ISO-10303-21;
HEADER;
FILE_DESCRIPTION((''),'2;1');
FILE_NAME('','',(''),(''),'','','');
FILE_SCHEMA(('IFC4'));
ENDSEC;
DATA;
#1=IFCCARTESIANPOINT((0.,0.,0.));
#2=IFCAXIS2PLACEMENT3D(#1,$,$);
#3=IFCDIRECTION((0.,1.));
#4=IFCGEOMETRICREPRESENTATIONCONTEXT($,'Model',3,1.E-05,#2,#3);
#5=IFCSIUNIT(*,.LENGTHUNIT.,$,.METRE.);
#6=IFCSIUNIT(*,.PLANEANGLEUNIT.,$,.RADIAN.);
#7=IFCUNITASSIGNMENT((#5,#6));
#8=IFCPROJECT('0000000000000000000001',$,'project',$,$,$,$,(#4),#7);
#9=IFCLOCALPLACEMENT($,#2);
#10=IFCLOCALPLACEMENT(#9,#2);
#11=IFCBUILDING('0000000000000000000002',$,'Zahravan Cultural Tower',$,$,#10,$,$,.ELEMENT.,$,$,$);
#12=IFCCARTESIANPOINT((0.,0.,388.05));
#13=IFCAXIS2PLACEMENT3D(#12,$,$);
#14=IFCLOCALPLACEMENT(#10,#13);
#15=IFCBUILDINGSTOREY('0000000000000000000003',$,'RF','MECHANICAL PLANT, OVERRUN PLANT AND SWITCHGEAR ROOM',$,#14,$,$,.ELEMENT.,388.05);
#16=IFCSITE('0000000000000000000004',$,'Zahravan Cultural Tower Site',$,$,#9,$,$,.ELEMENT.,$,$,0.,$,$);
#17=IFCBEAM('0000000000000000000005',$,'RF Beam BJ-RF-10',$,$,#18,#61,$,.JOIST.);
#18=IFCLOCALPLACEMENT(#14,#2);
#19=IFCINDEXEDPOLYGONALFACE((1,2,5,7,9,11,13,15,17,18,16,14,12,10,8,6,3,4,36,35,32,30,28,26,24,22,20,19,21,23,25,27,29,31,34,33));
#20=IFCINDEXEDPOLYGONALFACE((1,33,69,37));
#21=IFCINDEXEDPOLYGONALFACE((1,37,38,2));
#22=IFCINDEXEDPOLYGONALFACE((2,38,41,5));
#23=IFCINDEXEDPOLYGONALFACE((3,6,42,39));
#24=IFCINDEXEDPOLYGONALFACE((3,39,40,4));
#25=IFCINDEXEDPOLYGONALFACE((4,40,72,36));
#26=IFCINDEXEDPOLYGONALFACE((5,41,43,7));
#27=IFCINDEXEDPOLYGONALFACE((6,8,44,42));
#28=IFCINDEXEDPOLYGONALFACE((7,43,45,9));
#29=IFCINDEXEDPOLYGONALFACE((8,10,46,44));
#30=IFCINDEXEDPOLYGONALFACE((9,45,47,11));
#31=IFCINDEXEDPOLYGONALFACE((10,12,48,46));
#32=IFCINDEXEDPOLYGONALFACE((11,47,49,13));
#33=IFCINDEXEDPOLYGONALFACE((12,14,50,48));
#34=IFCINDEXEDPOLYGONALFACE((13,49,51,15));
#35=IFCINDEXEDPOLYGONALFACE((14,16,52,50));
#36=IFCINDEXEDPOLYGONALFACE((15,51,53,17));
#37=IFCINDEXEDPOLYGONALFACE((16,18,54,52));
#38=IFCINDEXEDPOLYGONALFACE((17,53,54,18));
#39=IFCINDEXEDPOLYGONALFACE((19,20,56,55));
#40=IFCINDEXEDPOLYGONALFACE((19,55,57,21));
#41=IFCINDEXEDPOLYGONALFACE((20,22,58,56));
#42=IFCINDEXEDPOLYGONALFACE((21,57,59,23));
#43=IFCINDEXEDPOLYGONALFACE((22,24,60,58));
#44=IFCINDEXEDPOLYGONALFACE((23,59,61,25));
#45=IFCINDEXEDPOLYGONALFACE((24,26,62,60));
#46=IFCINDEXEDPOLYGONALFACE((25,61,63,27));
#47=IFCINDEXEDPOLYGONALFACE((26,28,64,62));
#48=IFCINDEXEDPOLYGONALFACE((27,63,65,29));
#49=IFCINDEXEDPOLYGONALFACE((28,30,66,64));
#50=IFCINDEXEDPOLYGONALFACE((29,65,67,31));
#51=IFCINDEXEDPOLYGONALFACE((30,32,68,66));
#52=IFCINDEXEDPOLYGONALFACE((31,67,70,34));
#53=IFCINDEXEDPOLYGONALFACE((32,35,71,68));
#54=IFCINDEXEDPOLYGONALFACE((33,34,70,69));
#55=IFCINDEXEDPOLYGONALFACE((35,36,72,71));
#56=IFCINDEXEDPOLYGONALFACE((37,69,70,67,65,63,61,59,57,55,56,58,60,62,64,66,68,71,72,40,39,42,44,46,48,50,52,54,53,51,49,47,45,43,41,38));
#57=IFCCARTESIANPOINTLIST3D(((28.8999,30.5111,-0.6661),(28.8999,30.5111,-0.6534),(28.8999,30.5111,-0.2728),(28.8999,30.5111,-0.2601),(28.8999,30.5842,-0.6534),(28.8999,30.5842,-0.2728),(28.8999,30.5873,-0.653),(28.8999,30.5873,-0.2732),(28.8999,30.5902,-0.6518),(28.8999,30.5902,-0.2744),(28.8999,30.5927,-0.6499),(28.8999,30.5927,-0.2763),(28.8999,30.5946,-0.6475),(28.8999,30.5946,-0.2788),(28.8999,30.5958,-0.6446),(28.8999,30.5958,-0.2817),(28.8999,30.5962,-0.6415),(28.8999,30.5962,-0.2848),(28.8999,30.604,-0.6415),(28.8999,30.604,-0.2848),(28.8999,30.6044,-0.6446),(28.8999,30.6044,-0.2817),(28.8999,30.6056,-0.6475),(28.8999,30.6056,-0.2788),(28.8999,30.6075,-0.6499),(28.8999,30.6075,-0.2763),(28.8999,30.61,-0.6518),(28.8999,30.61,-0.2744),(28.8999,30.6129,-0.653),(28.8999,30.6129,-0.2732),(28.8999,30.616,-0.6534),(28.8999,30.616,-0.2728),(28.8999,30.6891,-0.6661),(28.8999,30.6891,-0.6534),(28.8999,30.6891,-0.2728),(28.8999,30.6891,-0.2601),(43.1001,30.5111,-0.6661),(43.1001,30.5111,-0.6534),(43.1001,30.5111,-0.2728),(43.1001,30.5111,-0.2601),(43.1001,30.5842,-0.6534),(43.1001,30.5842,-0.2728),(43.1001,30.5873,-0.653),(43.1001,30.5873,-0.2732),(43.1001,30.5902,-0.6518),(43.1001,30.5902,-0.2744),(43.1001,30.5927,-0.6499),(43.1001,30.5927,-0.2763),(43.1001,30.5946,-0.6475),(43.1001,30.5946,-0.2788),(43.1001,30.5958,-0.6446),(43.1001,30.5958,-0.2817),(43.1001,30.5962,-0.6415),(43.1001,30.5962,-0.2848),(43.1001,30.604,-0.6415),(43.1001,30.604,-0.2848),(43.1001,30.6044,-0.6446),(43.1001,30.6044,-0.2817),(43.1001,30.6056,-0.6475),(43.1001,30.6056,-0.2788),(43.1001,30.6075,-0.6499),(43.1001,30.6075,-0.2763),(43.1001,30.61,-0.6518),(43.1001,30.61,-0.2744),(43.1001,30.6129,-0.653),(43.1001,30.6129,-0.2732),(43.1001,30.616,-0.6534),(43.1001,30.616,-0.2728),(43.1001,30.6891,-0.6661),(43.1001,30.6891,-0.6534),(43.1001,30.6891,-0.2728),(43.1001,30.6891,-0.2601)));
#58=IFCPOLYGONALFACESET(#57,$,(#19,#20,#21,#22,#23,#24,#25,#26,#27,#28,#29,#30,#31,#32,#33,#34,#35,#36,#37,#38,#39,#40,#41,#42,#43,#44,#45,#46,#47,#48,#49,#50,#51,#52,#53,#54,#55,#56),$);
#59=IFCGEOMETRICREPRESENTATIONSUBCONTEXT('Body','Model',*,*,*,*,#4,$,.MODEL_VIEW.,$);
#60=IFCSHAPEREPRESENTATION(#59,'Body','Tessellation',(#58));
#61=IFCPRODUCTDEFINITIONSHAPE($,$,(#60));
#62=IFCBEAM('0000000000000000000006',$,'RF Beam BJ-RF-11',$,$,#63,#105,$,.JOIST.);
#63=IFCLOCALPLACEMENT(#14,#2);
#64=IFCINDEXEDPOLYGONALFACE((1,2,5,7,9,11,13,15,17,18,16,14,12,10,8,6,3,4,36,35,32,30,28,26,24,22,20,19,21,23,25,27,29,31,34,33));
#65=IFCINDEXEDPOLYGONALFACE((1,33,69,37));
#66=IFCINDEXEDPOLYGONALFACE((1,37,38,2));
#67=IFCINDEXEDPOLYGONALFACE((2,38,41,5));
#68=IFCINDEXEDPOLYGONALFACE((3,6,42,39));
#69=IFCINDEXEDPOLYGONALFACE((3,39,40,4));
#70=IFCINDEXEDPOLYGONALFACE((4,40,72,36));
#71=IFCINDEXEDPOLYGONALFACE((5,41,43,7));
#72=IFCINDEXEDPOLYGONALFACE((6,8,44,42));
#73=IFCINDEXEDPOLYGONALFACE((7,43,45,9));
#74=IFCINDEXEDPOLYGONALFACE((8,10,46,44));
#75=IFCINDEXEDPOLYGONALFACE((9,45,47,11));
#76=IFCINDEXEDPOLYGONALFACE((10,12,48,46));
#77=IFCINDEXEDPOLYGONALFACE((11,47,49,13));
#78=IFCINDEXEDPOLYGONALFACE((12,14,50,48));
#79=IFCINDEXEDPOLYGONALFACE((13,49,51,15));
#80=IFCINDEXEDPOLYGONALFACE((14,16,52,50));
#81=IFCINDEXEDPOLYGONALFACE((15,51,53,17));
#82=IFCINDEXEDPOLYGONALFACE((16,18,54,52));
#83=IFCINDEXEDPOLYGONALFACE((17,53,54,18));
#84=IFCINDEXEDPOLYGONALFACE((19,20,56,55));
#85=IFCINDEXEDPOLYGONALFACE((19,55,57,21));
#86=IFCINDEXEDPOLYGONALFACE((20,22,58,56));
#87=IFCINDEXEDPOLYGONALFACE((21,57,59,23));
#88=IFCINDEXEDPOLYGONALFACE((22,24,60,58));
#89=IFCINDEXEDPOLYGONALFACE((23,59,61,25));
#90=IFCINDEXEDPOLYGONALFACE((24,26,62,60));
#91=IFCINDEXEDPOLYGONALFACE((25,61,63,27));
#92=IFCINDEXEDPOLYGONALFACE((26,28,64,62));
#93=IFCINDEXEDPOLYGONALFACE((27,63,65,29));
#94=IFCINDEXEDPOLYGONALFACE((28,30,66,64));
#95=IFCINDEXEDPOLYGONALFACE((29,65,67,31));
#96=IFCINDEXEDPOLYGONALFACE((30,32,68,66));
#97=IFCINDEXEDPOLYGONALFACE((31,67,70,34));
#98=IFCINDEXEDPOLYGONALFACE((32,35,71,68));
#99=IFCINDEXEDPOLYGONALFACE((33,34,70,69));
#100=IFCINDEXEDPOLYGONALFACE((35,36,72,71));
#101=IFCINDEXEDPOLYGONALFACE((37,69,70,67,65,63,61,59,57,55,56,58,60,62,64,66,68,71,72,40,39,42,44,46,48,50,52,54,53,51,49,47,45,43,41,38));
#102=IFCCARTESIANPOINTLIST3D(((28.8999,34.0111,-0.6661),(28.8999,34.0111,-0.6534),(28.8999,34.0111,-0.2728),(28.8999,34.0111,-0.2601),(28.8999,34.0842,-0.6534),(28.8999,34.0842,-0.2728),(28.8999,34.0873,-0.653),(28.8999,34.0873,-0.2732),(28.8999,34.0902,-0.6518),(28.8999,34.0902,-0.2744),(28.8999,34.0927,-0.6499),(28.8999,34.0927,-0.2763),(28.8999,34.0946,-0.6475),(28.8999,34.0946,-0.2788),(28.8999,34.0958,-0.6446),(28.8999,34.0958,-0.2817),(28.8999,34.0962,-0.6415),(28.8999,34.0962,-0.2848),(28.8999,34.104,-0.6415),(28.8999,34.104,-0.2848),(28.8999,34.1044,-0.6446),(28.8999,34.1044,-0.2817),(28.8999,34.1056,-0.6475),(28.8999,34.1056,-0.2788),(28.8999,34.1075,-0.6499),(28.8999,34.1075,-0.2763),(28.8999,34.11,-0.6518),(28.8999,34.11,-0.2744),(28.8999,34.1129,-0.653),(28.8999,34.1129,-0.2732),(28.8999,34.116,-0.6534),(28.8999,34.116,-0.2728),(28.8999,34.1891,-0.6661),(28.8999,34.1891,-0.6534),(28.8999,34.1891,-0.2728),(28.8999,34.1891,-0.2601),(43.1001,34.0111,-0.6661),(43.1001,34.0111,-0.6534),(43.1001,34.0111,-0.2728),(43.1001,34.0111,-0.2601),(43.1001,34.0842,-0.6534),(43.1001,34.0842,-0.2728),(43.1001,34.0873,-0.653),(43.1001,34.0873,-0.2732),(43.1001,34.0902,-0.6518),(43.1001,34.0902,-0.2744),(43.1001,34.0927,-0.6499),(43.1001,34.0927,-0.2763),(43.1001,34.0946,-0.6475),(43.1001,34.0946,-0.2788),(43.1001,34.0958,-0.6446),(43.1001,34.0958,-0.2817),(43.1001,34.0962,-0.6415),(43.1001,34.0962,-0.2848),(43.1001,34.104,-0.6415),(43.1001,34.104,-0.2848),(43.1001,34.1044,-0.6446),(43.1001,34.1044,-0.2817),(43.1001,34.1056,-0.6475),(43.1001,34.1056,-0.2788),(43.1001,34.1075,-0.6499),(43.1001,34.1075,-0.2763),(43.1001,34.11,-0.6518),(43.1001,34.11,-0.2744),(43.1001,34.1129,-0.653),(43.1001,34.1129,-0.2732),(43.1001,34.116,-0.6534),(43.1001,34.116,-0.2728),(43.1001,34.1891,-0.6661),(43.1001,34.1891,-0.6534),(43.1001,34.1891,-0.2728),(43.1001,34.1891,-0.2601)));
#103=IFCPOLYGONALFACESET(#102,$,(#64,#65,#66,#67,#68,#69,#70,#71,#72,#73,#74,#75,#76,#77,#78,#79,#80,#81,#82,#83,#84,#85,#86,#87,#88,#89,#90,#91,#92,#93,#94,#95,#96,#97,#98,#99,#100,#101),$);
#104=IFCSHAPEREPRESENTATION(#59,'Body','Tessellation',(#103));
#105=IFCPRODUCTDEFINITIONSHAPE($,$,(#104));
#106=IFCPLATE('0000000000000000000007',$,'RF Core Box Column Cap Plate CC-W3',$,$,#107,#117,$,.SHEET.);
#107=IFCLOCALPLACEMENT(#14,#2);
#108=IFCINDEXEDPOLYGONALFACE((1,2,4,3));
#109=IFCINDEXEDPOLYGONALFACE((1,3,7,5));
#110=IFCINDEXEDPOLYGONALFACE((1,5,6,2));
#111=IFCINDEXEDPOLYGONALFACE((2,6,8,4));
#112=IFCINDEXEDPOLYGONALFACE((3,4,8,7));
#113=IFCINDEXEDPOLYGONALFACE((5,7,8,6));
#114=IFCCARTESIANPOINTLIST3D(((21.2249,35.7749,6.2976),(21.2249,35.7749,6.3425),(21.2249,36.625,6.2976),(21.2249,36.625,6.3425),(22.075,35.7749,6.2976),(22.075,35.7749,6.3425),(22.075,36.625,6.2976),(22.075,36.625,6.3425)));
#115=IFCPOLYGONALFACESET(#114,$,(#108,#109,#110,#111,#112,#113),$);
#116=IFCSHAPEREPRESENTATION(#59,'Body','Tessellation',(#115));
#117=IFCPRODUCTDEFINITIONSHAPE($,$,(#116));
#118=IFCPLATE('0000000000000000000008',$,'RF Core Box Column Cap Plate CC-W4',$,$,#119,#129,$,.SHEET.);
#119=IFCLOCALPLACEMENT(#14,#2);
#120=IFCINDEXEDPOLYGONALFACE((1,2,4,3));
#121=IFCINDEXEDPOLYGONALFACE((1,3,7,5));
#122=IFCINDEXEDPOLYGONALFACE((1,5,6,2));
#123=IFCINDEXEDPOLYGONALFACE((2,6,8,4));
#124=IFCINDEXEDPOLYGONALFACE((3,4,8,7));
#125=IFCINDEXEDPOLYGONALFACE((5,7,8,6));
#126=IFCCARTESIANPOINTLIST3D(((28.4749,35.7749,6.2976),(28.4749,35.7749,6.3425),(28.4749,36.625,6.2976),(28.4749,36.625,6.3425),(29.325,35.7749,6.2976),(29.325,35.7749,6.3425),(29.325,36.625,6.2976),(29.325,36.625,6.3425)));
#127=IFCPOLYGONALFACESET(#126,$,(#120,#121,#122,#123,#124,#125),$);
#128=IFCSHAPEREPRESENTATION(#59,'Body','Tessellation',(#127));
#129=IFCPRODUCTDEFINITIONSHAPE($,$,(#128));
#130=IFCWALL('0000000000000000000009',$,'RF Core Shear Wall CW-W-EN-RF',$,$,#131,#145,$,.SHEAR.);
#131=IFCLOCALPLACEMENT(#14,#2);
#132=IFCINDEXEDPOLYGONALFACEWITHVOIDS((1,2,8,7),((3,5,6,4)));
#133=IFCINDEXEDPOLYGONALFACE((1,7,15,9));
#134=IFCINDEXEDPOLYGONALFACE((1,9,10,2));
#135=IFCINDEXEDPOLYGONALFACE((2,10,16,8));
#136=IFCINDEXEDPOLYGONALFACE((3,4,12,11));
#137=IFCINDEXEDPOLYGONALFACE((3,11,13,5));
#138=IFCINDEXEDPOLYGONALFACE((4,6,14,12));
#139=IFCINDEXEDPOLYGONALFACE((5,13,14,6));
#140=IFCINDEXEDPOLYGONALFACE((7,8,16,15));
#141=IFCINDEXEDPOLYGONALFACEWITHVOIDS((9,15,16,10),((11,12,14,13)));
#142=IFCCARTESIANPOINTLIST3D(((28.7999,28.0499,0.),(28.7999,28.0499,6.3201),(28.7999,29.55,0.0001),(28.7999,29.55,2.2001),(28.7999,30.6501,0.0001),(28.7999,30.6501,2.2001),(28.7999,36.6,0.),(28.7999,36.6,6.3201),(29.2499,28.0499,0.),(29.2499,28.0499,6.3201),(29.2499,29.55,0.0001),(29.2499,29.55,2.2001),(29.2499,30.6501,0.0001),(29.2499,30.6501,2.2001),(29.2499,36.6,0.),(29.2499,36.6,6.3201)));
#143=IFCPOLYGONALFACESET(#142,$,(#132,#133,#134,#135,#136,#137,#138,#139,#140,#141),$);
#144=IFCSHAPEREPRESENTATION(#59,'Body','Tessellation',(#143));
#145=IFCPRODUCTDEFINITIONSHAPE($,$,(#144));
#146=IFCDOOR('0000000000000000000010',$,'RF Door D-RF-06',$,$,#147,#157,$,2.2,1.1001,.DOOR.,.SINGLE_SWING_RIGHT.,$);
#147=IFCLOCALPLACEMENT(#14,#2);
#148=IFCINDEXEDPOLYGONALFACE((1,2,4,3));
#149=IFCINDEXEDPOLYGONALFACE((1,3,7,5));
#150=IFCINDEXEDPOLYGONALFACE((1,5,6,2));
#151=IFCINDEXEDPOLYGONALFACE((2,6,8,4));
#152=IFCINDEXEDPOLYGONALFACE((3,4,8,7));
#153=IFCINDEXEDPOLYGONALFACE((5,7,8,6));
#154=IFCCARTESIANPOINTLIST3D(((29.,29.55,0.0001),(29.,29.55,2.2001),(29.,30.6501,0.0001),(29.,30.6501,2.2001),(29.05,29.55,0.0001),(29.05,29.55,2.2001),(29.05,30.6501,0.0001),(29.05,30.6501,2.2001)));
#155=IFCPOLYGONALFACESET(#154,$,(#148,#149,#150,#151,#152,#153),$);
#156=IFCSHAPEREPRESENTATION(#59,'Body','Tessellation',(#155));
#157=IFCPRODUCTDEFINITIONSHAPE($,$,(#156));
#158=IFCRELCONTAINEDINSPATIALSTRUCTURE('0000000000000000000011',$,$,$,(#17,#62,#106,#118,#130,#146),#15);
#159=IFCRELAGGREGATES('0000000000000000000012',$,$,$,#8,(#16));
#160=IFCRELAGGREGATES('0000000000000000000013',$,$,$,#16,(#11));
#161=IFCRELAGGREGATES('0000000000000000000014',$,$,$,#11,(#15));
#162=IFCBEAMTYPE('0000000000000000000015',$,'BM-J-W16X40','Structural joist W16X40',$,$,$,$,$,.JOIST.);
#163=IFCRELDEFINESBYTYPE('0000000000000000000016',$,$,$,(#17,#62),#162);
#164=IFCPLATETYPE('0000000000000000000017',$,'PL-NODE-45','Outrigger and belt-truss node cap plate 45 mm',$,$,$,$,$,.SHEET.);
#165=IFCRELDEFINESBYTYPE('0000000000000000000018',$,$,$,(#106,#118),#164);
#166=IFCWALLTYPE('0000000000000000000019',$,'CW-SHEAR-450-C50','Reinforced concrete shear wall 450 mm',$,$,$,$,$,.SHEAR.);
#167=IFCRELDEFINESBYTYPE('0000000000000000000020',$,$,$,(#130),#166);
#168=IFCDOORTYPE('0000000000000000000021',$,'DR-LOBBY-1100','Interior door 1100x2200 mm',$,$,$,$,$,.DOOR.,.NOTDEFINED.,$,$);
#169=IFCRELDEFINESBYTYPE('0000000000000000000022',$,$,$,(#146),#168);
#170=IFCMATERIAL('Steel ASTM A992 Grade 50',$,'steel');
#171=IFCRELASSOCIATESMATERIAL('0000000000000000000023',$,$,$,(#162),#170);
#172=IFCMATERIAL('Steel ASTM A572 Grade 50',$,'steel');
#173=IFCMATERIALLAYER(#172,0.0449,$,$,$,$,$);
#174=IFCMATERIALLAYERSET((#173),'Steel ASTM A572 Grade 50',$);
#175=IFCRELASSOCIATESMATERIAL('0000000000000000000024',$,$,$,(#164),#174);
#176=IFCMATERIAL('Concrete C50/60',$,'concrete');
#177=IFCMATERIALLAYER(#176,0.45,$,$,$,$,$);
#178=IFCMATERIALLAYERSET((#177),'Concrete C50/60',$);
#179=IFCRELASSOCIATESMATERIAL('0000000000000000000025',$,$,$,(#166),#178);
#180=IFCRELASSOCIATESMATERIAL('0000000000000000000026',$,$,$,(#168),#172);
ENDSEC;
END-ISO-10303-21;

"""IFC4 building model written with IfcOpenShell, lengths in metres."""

from ifc_helpers import new_model, si_unit, direction, frame, frame_2d, origin, origin_2d, place, context, subcontext, project, spatial, rectangle, i_section, extrude, source, transform, mapped, material, layer, layer_set, material_profile, profile_set, type_object, element, fill, save


model = new_model("IFC4")

# Units and contexts
model_context = context("Model", 3, precision=1e-05, world=origin(), true_north=direction((0.0, 1.0)))
body_context = subcontext(model_context, "Body", "Model", "MODEL_VIEW")
ifc_project = project(units=[si_unit("LENGTHUNIT", "METRE"), si_unit("PLANEANGLEUNIT", "RADIAN")], contexts=[model_context])

# Site, building, storey
site_placement = place(None, origin())
site = spatial("IfcSite", under=ifc_project, at=site_placement, Name="Zahravan Cultural Tower Site", CompositionType="ELEMENT", RefElevation=0.0)
building_placement = place(site_placement, origin())
building = spatial("IfcBuilding", under=site, at=building_placement, Name="Zahravan Cultural Tower", CompositionType="ELEMENT")
storey_placement = place(building_placement, frame((0.0, 0.0, 388.05)))
storey = spatial("IfcBuildingStorey", under=building, at=storey_placement, Name="RF", Description="MECHANICAL PLANT, OVERRUN PLANT AND SWITCHGEAR ROOM", CompositionType="ELEMENT", Elevation=388.05)

# Shared definitions
ifc_material_1 = material(Name="Steel ASTM A572 Grade 50", Category="steel")

# Beams
ifc_material_2 = material(Name="Concrete C50/60", Category="concrete")
ifc_material_3 = material(Name="Steel ASTM A992 Grade 50", Category="steel")
ifc_material_profile_1 = material_profile(ifc_material_3, i_section(OverallWidth=0.178, OverallDepth=0.406, WebThickness=0.0078, FlangeThickness=0.0127, FilletRadius=0.012, at=origin_2d()), Name="W16X40")
ifc_profile_set_1 = profile_set([ifc_material_profile_1], Name="Steel ASTM A992 Grade 50")
beam_type_1 = type_object("IfcBeamType", Name="BM-J-W16X40", Description="Structural joist W16X40", PredefinedType="JOIST", material=ifc_profile_set_1)
shared_shape_1 = source(origin(), body_context, "Body", "SweptSolid", [
    extrude(i_section(OverallWidth=0.178, OverallDepth=0.406, WebThickness=0.0078, FlangeThickness=0.0127, FilletRadius=0.012, at=origin_2d()), origin(), (0.0, 0.0, 1.0), 14.2002),
])
for number, where, z_axis, x_axis, name in (
    (1, (28.8999, 30.6001, -0.4631), (1.0, 0.0, 0.0), (0.0, 1.0, 0.0), "RF Beam BJ-RF-10"),
    (2, (28.8999, 34.1001, -0.4631), (1.0, 0.0, 0.0), (0.0, 1.0, 0.0), "RF Beam BJ-RF-11"),
):
    element("IfcBeam", number, at=place(storey_placement, frame(where, z_axis=z_axis, x_axis=x_axis)), inside=storey, type_object=beam_type_1, Name=name, PredefinedType="JOIST", context=body_context, shape_type="MappedRepresentation", body=[
        mapped(shared_shape_1, transform((0.0, 0.0, 0.0), x_axis=(1.0, 0.0, 0.0), y_axis=(0.0, 1.0, 0.0), z_axis=(0.0, 0.0, 1.0), scale=1.0)),
    ])

# Plates
ifc_layer_1 = layer(ifc_material_1, 0.0449)
ifc_layer_set_1 = layer_set([ifc_layer_1], Name="Steel ASTM A572 Grade 50")
plate_type = type_object("IfcPlateType", Name="PL-NODE-45", Description="Outrigger and belt-truss node cap plate 45 mm", PredefinedType="SHEET", material=ifc_layer_set_1)
shared_shape_2 = source(origin(), body_context, "Body", "SweptSolid", [
    extrude(rectangle(XDim=0.8501, YDim=0.8501, at=origin_2d()), origin(), (0.0, 0.0, 1.0), 0.0449),
])
for number, where, z_axis, x_axis, name in (
    (3, (21.6499, 36.2, 6.2976), (0.0, 0.0, 1.0), (1.0, 0.0, 0.0), "RF Core Box Column Cap Plate CC-W3"),
    (4, (28.8999, 36.2, 6.2976), (0.0, 0.0, 1.0), (1.0, 0.0, 0.0), "RF Core Box Column Cap Plate CC-W4"),
):
    element("IfcPlate", number, at=place(storey_placement, frame(where, z_axis=z_axis, x_axis=x_axis)), inside=storey, type_object=plate_type, Name=name, PredefinedType="SHEET", context=body_context, shape_type="MappedRepresentation", body=[
        mapped(shared_shape_2, transform((0.0, 0.0, 0.0), x_axis=(1.0, 0.0, 0.0), y_axis=(0.0, 1.0, 0.0), z_axis=(0.0, 0.0, 1.0), scale=1.0)),
    ])

# Wall, opening, door
ifc_layer_2 = layer(ifc_material_2, 0.45)
ifc_layer_set_2 = layer_set([ifc_layer_2], Name="Concrete C50/60")
wall_type_1 = type_object("IfcWallType", Name="CW-SHEAR-450-C50", Description="Reinforced concrete shear wall 450 mm", PredefinedType="SHEAR", material=ifc_layer_set_2)
wall_1_placement = place(storey_placement, frame((29.0249, 28.05, 0.0), z_axis=(0.0, 0.0, 1.0), x_axis=(0.0, 1.0, 0.0)))
wall_1 = element("IfcWall", 5, at=wall_1_placement, inside=storey, type_object=wall_type_1, Name="RF Core Shear Wall CW-W-EN-RF", PredefinedType="SHEAR", context=body_context, shape_type="SweptSolid", body=[
    extrude(rectangle(XDim=8.55, YDim=0.45, at=frame_2d((4.2749, 0.0))), origin(), (0.0, 0.0, 1.0), 6.3201),
])
opening_1_placement = place(wall_1_placement, frame((1.5, 0.0, 0.0)))
opening_1 = element("IfcOpeningElement", 6, at=opening_1_placement, cuts=wall_1, PredefinedType="OPENING", context=body_context, shape_type="SweptSolid", body=[
    extrude(rectangle(XDim=1.1001, YDim=2.2, at=frame_2d((0.55, 1.1001))), frame((0.0, 0.2349, 0.0), z_axis=(0.0, -1.0, 0.0), x_axis=(1.0, 0.0, 0.0)), (0.0, 0.0, 1.0), 0.47),
])
door_type_1 = type_object("IfcDoorType", Name="DR-LOBBY-1100", Description="Interior door 1100x2200 mm", OperationType="NOTDEFINED", PredefinedType="DOOR", material=ifc_material_1)
shared_shape_3 = source(origin(), body_context, "Body", "SweptSolid", [
    extrude(rectangle(XDim=1.1001, YDim=2.2, at=frame_2d((0.55, 1.1001))), frame((0.0, 0.0249, 0.0), z_axis=(0.0, -1.0, 0.0), x_axis=(1.0, 0.0, 0.0)), (0.0, 0.0, 1.0), 0.05),
])
door_1_placement = place(opening_1_placement, origin())
door_1 = element("IfcDoor", 7, at=door_1_placement, inside=storey, type_object=door_type_1, Name="RF Door D-RF-06", OperationType="SINGLE_SWING_RIGHT", OverallHeight=2.2, OverallWidth=1.1001, PredefinedType="DOOR", context=body_context, shape_type="MappedRepresentation", body=[
    mapped(shared_shape_3, transform((0.0, 0.0, 0.0), x_axis=(1.0, 0.0, 0.0), y_axis=(0.0, 1.0, 0.0), z_axis=(0.0, 0.0, 1.0), scale=1.0)),
])
fill(opening_1, door_1)

save(model, "model.ifc")
